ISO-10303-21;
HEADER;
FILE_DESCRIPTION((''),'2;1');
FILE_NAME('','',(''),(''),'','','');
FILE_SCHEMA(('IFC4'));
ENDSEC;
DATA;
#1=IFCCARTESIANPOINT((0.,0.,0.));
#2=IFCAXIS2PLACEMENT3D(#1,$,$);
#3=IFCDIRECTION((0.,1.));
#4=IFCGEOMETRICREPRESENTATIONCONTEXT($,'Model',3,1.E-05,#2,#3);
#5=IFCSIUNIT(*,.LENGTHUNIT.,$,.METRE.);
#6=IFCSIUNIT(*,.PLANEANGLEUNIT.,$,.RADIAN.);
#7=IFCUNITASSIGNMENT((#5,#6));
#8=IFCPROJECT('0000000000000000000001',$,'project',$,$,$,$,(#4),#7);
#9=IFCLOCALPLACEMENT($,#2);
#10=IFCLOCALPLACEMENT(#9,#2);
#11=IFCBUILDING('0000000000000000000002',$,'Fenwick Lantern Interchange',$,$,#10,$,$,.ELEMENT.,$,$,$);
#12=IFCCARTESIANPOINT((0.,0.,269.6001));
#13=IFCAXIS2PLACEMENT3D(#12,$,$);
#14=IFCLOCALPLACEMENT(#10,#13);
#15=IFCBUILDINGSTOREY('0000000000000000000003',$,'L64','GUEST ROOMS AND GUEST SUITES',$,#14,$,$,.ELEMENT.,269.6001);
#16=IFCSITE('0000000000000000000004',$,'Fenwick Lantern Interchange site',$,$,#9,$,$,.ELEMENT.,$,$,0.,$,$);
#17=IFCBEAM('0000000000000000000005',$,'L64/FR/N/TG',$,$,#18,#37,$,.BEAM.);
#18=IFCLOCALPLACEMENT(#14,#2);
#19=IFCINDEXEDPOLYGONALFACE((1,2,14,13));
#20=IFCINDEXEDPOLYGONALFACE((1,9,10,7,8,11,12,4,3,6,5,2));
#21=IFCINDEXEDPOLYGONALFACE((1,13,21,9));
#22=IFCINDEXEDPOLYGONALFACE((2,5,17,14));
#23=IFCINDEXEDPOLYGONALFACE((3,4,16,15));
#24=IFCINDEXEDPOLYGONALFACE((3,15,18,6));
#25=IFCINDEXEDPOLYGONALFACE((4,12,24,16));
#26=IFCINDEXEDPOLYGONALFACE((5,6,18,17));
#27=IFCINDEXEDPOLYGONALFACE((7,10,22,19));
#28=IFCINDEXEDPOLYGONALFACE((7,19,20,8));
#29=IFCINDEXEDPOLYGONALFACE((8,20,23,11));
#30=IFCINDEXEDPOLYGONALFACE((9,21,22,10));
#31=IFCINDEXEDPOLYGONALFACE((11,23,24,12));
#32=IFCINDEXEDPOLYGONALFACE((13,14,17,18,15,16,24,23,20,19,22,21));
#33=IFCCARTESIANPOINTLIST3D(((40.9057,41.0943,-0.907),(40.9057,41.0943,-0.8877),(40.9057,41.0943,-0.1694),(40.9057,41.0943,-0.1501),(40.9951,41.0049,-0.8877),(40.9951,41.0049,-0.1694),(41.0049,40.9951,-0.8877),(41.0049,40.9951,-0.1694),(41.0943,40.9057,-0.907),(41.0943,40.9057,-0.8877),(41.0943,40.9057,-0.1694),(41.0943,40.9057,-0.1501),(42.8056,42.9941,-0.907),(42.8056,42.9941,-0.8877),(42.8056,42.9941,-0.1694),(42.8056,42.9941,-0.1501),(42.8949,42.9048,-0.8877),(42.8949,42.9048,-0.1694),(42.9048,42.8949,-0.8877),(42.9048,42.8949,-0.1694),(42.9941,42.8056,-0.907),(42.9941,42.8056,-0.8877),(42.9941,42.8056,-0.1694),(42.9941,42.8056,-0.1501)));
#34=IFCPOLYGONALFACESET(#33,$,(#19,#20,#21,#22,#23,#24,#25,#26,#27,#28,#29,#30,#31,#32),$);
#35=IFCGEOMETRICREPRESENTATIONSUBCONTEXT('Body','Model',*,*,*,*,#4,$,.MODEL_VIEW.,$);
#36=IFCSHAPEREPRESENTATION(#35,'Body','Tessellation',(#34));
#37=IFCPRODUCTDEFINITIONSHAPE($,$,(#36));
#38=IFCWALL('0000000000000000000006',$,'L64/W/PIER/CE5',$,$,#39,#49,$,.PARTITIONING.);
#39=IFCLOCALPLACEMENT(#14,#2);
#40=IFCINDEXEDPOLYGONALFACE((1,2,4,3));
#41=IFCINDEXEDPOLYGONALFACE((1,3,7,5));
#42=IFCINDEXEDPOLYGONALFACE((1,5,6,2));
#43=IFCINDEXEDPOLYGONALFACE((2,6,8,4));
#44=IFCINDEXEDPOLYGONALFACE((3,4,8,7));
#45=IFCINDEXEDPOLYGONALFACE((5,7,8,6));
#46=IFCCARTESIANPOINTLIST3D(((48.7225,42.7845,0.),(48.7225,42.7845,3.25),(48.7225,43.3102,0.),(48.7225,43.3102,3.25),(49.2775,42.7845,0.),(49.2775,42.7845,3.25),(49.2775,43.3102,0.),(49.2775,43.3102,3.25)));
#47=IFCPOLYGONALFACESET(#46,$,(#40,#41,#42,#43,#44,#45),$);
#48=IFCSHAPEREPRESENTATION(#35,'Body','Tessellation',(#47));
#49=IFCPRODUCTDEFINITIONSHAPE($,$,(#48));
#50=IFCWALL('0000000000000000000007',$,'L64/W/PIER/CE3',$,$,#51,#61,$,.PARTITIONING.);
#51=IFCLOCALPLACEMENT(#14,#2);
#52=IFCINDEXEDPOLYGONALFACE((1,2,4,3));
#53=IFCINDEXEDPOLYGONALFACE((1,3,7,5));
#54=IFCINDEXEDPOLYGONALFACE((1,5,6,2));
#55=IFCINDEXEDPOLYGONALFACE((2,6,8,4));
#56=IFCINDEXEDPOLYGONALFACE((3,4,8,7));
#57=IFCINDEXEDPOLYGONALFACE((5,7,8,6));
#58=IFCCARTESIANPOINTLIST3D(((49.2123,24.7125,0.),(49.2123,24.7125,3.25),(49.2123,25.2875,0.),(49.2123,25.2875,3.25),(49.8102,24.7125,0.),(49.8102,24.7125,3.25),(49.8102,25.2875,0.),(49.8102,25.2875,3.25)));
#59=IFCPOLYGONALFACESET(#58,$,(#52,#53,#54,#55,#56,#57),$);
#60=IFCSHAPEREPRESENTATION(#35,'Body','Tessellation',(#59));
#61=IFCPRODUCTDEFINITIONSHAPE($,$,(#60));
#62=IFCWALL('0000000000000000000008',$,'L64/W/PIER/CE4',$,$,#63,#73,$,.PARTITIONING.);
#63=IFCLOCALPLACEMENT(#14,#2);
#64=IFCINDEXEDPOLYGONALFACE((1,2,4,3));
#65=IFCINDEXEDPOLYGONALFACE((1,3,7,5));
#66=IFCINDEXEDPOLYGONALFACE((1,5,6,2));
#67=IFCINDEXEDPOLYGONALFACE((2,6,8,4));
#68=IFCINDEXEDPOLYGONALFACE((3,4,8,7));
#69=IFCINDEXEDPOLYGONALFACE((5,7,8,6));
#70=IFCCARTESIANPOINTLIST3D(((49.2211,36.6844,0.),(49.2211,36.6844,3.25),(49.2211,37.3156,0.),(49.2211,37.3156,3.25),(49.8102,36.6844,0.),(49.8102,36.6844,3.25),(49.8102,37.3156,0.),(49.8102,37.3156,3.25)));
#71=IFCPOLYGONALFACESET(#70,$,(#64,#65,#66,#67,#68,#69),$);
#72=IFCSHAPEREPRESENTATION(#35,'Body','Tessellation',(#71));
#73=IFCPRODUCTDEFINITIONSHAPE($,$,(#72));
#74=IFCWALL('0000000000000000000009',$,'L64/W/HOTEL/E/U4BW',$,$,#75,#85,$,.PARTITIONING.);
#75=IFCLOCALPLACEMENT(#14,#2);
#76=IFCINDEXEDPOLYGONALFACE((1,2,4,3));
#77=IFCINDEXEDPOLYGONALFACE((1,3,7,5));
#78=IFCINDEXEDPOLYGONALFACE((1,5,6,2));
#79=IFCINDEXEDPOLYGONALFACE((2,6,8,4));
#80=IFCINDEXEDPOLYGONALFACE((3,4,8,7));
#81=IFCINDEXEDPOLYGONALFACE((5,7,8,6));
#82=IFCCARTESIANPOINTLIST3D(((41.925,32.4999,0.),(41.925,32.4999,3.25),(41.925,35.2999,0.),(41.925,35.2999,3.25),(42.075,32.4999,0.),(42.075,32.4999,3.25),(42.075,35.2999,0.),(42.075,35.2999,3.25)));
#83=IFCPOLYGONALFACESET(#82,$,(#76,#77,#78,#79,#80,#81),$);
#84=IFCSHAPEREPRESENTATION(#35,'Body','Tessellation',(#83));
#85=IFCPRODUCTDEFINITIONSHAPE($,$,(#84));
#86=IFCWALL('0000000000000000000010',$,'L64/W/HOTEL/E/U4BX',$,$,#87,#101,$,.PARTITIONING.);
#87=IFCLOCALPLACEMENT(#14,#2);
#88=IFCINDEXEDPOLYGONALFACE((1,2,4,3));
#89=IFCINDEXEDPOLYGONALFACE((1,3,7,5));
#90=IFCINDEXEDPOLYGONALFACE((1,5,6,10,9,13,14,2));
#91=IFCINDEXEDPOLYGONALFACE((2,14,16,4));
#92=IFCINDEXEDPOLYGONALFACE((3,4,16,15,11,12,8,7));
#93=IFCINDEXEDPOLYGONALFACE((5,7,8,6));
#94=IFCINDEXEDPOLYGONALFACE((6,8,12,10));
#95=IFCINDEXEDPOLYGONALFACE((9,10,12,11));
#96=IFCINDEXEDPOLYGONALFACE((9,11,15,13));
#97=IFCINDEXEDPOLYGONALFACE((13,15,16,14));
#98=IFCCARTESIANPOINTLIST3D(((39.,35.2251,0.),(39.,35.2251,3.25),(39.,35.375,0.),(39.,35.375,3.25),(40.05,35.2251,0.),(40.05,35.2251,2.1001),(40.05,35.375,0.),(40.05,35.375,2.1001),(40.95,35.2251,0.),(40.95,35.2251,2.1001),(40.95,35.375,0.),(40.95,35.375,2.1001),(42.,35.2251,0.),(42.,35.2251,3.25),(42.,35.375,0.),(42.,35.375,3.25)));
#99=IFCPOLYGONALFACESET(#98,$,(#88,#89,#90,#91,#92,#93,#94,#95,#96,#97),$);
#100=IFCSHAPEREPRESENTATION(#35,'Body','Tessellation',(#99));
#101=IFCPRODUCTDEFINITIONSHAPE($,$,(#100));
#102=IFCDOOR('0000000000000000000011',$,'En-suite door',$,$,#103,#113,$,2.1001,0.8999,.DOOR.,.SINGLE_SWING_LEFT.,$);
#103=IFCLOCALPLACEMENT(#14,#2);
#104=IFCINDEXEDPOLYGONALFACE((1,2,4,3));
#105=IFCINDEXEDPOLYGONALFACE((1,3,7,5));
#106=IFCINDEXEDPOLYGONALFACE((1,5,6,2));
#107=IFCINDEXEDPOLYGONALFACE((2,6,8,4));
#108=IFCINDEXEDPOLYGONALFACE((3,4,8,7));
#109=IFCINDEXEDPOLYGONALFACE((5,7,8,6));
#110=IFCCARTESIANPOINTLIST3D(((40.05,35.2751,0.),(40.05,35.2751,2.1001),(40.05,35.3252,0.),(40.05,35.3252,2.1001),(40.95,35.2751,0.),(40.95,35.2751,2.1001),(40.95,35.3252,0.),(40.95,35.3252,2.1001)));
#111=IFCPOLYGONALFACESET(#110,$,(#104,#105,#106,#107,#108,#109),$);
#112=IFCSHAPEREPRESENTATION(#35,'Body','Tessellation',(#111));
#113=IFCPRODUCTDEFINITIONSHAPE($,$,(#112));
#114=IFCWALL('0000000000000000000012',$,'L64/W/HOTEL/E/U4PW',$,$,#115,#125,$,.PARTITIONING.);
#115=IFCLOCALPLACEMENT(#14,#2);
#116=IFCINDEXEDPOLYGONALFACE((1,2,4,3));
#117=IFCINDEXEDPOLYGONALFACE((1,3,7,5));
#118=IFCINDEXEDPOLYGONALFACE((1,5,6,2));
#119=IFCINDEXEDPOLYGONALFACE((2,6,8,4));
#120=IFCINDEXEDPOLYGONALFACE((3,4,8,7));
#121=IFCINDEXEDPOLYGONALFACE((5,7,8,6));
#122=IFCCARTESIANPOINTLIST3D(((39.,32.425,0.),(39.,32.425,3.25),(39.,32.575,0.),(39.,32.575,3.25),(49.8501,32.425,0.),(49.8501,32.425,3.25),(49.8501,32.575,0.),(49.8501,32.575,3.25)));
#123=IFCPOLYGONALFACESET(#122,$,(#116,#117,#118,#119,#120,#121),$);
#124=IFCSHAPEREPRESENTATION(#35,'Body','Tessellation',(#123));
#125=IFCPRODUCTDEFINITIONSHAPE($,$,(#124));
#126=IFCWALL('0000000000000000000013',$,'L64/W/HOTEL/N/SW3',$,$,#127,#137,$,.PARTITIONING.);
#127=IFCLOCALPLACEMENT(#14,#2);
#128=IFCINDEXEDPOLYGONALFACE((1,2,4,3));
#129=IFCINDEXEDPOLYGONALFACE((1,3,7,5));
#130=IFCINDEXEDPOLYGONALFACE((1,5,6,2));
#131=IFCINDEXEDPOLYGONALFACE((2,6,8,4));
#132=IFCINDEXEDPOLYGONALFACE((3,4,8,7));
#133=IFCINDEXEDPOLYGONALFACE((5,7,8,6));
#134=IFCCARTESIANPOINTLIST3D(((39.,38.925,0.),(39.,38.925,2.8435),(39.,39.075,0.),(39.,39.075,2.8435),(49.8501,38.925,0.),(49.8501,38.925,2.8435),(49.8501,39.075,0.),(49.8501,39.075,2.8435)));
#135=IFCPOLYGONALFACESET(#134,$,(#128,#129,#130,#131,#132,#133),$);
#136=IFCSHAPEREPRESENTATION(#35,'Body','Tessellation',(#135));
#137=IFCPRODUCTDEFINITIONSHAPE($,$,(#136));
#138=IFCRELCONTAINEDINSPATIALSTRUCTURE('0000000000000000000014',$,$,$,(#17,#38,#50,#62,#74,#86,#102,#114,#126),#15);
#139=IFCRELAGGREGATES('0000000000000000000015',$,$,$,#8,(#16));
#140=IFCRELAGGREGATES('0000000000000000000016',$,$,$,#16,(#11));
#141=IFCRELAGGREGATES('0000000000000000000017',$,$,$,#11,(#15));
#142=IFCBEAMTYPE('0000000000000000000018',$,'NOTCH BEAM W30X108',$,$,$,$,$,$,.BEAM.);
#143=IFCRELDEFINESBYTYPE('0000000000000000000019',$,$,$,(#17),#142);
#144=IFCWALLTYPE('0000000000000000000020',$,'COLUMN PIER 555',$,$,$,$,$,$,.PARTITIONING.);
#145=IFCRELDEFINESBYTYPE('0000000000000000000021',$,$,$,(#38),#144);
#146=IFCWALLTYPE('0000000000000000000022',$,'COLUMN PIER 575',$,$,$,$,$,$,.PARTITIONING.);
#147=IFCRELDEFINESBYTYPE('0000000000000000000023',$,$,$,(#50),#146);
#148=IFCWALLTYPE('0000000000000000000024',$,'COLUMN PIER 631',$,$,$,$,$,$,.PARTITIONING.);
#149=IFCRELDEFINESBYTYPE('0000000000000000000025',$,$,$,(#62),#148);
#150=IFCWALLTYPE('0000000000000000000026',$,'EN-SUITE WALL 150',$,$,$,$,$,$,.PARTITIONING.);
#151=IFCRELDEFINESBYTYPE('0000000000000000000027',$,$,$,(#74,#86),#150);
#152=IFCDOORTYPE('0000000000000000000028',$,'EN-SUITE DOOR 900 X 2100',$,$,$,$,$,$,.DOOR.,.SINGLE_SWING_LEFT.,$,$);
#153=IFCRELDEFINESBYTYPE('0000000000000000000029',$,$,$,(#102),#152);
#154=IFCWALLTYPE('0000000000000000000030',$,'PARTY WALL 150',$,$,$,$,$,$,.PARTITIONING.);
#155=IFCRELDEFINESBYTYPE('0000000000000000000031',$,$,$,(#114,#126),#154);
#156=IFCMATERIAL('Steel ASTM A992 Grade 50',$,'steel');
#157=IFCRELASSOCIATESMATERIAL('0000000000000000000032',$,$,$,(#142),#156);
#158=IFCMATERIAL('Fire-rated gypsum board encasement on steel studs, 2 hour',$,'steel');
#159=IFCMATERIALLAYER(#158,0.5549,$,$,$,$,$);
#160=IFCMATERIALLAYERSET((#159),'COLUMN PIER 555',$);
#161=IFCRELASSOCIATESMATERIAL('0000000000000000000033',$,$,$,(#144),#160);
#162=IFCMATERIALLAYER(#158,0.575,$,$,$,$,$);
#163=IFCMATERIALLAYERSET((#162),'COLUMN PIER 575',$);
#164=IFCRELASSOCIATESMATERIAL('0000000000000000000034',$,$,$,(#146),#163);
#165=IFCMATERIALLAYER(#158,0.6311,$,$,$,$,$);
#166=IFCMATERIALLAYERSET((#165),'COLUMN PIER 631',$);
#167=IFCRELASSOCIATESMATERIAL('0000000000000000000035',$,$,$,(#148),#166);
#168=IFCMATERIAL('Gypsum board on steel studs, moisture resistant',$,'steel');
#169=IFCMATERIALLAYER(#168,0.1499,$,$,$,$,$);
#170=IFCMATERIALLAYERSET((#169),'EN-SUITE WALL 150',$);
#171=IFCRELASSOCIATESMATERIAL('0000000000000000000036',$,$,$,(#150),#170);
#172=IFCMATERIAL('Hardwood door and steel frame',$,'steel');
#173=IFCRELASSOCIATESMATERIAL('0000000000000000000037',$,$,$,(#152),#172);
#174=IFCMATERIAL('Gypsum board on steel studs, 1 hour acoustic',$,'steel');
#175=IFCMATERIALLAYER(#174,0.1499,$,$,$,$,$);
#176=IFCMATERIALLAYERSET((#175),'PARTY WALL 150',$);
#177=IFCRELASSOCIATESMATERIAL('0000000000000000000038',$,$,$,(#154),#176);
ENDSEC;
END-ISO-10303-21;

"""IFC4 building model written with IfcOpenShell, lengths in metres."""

from ifc_helpers import new_model, si_unit, direction, frame, frame_2d, origin, origin_2d, place, context, subcontext, project, spatial, rectangle, i_section, extrude, material, layer, layer_set, material_profile, profile_set, type_object, element, fill, save


model = new_model("IFC4")

# Units and contexts
model_context = context("Model", 3, precision=1e-05, world=origin(), true_north=direction((0.0, 1.0)))
body_context = subcontext(model_context, "Body", "Model", "MODEL_VIEW")
ifc_project = project(units=[si_unit("LENGTHUNIT", "METRE"), si_unit("PLANEANGLEUNIT", "RADIAN")], contexts=[model_context])

# Site, building, storey
site_placement = place(None, origin())
site = spatial("IfcSite", under=ifc_project, at=site_placement, Name="Fenwick Lantern Interchange site", CompositionType="ELEMENT", RefElevation=0.0)
building_placement = place(site_placement, origin())
building = spatial("IfcBuilding", under=site, at=building_placement, Name="Fenwick Lantern Interchange", CompositionType="ELEMENT")
storey_placement = place(building_placement, frame((0.0, 0.0, 269.6001)))
storey = spatial("IfcBuildingStorey", under=building, at=storey_placement, Name="L64", Description="GUEST ROOMS AND GUEST SUITES", CompositionType="ELEMENT", Elevation=269.6001)

# Shared definitions
ifc_material_1 = material(Name="Steel ASTM A992 Grade 50", Category="steel")

# Beam
ifc_material_profile_1 = material_profile(ifc_material_1, i_section(OverallWidth=0.2666, OverallDepth=0.7568, WebThickness=0.0139, FlangeThickness=0.0193, at=origin_2d()), Name="W30X108")
ifc_profile_set_1 = profile_set([ifc_material_profile_1], Name="Steel ASTM A992 Grade 50")
beam_type_1 = type_object("IfcBeamType", Name="NOTCH BEAM W30X108", PredefinedType="BEAM", material=ifc_profile_set_1)
beam_1_placement = place(storey_placement, frame((41.0, 41.0, -0.5286), z_axis=(0.707107, 0.707107, 0.0), x_axis=(-0.707107, 0.707107, 0.0)))
element("IfcBeam", 1, at=beam_1_placement, inside=storey, type_object=beam_type_1, Name="L64/FR/N/TG", PredefinedType="BEAM", context=body_context, shape_type="SweptSolid", body=[
    extrude(i_section(OverallWidth=0.2666, OverallDepth=0.7568, WebThickness=0.0139, FlangeThickness=0.0193, at=origin_2d()), origin(), (0.0, 0.0, 1.0), 2.6868),
])

# Walls
ifc_material_2 = material(Name="Fire-rated gypsum board encasement on steel studs, 2 hour", Category="steel")
ifc_layer_1 = layer(ifc_material_2, 0.5549)
ifc_layer_set_1 = layer_set([ifc_layer_1], Name="COLUMN PIER 555")
wall_type_1 = type_object("IfcWallType", Name="COLUMN PIER 555", PredefinedType="PARTITIONING", material=ifc_layer_set_1)
wall_1_placement = place(storey_placement, frame((49.0, 43.3101, 0.0), z_axis=(0.0, 0.0, 1.0), x_axis=(0.0, -1.0, 0.0)))
element("IfcWall", 2, at=wall_1_placement, inside=storey, type_object=wall_type_1, Name="L64/W/PIER/CE5", PredefinedType="PARTITIONING", context=body_context, shape_type="SweptSolid", body=[
    extrude(rectangle(XDim=0.5256, YDim=0.5549, at=frame_2d((0.2627, 0.0))), origin(), (0.0, 0.0, 1.0), 3.25),
])
ifc_layer_2 = layer(ifc_material_2, 0.575)
ifc_layer_set_2 = layer_set([ifc_layer_2], Name="COLUMN PIER 575")
wall_type_2 = type_object("IfcWallType", Name="COLUMN PIER 575", PredefinedType="PARTITIONING", material=ifc_layer_set_2)
wall_2_placement = place(storey_placement, frame((49.8101, 25.0, 0.0), z_axis=(0.0, 0.0, 1.0), x_axis=(-1.0, 0.0, 0.0)))
element("IfcWall", 3, at=wall_2_placement, inside=storey, type_object=wall_type_2, Name="L64/W/PIER/CE3", PredefinedType="PARTITIONING", context=body_context, shape_type="SweptSolid", body=[
    extrude(rectangle(XDim=0.5979, YDim=0.575, at=frame_2d((0.2988, 0.0))), origin(), (0.0, 0.0, 1.0), 3.25),
])
ifc_layer_3 = layer(ifc_material_2, 0.6311)
ifc_layer_set_3 = layer_set([ifc_layer_3], Name="COLUMN PIER 631")
wall_type_3 = type_object("IfcWallType", Name="COLUMN PIER 631", PredefinedType="PARTITIONING", material=ifc_layer_set_3)
wall_3_placement = place(storey_placement, frame((49.8101, 37.0, 0.0), z_axis=(0.0, 0.0, 1.0), x_axis=(-1.0, 0.0, 0.0)))
element("IfcWall", 4, at=wall_3_placement, inside=storey, type_object=wall_type_3, Name="L64/W/PIER/CE4", PredefinedType="PARTITIONING", context=body_context, shape_type="SweptSolid", body=[
    extrude(rectangle(XDim=0.5891, YDim=0.6311, at=frame_2d((0.2944, 0.0))), origin(), (0.0, 0.0, 1.0), 3.25),
])
ifc_material_3 = material(Name="Gypsum board on steel studs, moisture resistant", Category="steel")
ifc_layer_4 = layer(ifc_material_3, 0.1499)
ifc_layer_set_4 = layer_set([ifc_layer_4], Name="EN-SUITE WALL 150")
wall_type_4 = type_object("IfcWallType", Name="EN-SUITE WALL 150", PredefinedType="PARTITIONING", material=ifc_layer_set_4)
wall_4_placement = place(storey_placement, frame((42.0, 32.5, 0.0), z_axis=(0.0, 0.0, 1.0), x_axis=(0.0, 1.0, 0.0)))
element("IfcWall", 5, at=wall_4_placement, inside=storey, type_object=wall_type_4, Name="L64/W/HOTEL/E/U4BW", PredefinedType="PARTITIONING", context=body_context, shape_type="SweptSolid", body=[
    extrude(rectangle(XDim=2.8, YDim=0.1499, at=frame_2d((1.3999, 0.0))), origin(), (0.0, 0.0, 1.0), 3.25),
])

# Wall, opening, door
wall_5_placement = place(storey_placement, frame((42.0, 35.3, 0.0), z_axis=(0.0, 0.0, 1.0), x_axis=(-1.0, 0.0, 0.0)))
wall_5 = element("IfcWall", 6, at=wall_5_placement, inside=storey, type_object=wall_type_4, Name="L64/W/HOTEL/E/U4BX", PredefinedType="PARTITIONING", context=body_context, shape_type="SweptSolid", body=[
    extrude(rectangle(XDim=3.0, YDim=0.1499, at=frame_2d((1.5, 0.0))), origin(), (0.0, 0.0, 1.0), 3.25),
])
opening_placement = place(wall_5_placement, frame((1.05, 0.0, 0.0)))
opening = element("IfcOpeningElement", 7, at=opening_placement, cuts=wall_5, PredefinedType="OPENING", context=body_context, shape_type="SweptSolid", body=[
    extrude(rectangle(XDim=0.8999, YDim=2.1001, at=frame_2d((0.45, 1.05))), frame((0.0, 0.085, 0.0), z_axis=(0.0, -1.0, 0.0), x_axis=(1.0, 0.0, 0.0)), (0.0, 0.0, 1.0), 0.1699),
])
ifc_material_4 = material(Name="Hardwood door and steel frame", Category="steel")
door_type = type_object("IfcDoorType", Name="EN-SUITE DOOR 900 X 2100", OperationType="SINGLE_SWING_LEFT", PredefinedType="DOOR", material=ifc_material_4)
door_placement = place(opening_placement, origin())
door = element("IfcDoor", 8, at=door_placement, inside=storey, type_object=door_type, Name="En-suite door", OperationType="SINGLE_SWING_LEFT", OverallHeight=2.1001, OverallWidth=0.8999, PredefinedType="DOOR", context=body_context, shape_type="SweptSolid", body=[
    extrude(rectangle(XDim=0.8999, YDim=2.1001, at=frame_2d((0.45, 1.05))), frame((0.0, 0.0249, 0.0), z_axis=(0.0, -1.0, 0.0), x_axis=(1.0, 0.0, 0.0)), (0.0, 0.0, 1.0), 0.05),
])
fill(opening, door)

# Walls
ifc_material_5 = material(Name="Gypsum board on steel studs, 1 hour acoustic", Category="steel")
ifc_layer_5 = layer(ifc_material_5, 0.1499)
ifc_layer_set_5 = layer_set([ifc_layer_5], Name="PARTY WALL 150")
wall_type_5 = type_object("IfcWallType", Name="PARTY WALL 150", PredefinedType="PARTITIONING", material=ifc_layer_set_5)
wall_6_placement = place(storey_placement, frame((49.8501, 32.5, 0.0), z_axis=(0.0, 0.0, 1.0), x_axis=(-1.0, 0.0, 0.0)))
element("IfcWall", 9, at=wall_6_placement, inside=storey, type_object=wall_type_5, Name="L64/W/HOTEL/E/U4PW", PredefinedType="PARTITIONING", context=body_context, shape_type="SweptSolid", body=[
    extrude(rectangle(XDim=10.8501, YDim=0.1499, at=frame_2d((5.425, 0.0))), origin(), (0.0, 0.0, 1.0), 3.25),
])
wall_7_placement = place(storey_placement, frame((49.8501, 39.0, 0.0), z_axis=(0.0, 0.0, 1.0), x_axis=(-1.0, 0.0, 0.0)))
element("IfcWall", 10, at=wall_7_placement, inside=storey, type_object=wall_type_5, Name="L64/W/HOTEL/N/SW3", PredefinedType="PARTITIONING", context=body_context, shape_type="SweptSolid", body=[
    extrude(rectangle(XDim=10.8501, YDim=0.1499, at=frame_2d((5.425, 0.0))), origin(), (0.0, 0.0, 1.0), 2.8435),
])

save(model, "model.ifc")
